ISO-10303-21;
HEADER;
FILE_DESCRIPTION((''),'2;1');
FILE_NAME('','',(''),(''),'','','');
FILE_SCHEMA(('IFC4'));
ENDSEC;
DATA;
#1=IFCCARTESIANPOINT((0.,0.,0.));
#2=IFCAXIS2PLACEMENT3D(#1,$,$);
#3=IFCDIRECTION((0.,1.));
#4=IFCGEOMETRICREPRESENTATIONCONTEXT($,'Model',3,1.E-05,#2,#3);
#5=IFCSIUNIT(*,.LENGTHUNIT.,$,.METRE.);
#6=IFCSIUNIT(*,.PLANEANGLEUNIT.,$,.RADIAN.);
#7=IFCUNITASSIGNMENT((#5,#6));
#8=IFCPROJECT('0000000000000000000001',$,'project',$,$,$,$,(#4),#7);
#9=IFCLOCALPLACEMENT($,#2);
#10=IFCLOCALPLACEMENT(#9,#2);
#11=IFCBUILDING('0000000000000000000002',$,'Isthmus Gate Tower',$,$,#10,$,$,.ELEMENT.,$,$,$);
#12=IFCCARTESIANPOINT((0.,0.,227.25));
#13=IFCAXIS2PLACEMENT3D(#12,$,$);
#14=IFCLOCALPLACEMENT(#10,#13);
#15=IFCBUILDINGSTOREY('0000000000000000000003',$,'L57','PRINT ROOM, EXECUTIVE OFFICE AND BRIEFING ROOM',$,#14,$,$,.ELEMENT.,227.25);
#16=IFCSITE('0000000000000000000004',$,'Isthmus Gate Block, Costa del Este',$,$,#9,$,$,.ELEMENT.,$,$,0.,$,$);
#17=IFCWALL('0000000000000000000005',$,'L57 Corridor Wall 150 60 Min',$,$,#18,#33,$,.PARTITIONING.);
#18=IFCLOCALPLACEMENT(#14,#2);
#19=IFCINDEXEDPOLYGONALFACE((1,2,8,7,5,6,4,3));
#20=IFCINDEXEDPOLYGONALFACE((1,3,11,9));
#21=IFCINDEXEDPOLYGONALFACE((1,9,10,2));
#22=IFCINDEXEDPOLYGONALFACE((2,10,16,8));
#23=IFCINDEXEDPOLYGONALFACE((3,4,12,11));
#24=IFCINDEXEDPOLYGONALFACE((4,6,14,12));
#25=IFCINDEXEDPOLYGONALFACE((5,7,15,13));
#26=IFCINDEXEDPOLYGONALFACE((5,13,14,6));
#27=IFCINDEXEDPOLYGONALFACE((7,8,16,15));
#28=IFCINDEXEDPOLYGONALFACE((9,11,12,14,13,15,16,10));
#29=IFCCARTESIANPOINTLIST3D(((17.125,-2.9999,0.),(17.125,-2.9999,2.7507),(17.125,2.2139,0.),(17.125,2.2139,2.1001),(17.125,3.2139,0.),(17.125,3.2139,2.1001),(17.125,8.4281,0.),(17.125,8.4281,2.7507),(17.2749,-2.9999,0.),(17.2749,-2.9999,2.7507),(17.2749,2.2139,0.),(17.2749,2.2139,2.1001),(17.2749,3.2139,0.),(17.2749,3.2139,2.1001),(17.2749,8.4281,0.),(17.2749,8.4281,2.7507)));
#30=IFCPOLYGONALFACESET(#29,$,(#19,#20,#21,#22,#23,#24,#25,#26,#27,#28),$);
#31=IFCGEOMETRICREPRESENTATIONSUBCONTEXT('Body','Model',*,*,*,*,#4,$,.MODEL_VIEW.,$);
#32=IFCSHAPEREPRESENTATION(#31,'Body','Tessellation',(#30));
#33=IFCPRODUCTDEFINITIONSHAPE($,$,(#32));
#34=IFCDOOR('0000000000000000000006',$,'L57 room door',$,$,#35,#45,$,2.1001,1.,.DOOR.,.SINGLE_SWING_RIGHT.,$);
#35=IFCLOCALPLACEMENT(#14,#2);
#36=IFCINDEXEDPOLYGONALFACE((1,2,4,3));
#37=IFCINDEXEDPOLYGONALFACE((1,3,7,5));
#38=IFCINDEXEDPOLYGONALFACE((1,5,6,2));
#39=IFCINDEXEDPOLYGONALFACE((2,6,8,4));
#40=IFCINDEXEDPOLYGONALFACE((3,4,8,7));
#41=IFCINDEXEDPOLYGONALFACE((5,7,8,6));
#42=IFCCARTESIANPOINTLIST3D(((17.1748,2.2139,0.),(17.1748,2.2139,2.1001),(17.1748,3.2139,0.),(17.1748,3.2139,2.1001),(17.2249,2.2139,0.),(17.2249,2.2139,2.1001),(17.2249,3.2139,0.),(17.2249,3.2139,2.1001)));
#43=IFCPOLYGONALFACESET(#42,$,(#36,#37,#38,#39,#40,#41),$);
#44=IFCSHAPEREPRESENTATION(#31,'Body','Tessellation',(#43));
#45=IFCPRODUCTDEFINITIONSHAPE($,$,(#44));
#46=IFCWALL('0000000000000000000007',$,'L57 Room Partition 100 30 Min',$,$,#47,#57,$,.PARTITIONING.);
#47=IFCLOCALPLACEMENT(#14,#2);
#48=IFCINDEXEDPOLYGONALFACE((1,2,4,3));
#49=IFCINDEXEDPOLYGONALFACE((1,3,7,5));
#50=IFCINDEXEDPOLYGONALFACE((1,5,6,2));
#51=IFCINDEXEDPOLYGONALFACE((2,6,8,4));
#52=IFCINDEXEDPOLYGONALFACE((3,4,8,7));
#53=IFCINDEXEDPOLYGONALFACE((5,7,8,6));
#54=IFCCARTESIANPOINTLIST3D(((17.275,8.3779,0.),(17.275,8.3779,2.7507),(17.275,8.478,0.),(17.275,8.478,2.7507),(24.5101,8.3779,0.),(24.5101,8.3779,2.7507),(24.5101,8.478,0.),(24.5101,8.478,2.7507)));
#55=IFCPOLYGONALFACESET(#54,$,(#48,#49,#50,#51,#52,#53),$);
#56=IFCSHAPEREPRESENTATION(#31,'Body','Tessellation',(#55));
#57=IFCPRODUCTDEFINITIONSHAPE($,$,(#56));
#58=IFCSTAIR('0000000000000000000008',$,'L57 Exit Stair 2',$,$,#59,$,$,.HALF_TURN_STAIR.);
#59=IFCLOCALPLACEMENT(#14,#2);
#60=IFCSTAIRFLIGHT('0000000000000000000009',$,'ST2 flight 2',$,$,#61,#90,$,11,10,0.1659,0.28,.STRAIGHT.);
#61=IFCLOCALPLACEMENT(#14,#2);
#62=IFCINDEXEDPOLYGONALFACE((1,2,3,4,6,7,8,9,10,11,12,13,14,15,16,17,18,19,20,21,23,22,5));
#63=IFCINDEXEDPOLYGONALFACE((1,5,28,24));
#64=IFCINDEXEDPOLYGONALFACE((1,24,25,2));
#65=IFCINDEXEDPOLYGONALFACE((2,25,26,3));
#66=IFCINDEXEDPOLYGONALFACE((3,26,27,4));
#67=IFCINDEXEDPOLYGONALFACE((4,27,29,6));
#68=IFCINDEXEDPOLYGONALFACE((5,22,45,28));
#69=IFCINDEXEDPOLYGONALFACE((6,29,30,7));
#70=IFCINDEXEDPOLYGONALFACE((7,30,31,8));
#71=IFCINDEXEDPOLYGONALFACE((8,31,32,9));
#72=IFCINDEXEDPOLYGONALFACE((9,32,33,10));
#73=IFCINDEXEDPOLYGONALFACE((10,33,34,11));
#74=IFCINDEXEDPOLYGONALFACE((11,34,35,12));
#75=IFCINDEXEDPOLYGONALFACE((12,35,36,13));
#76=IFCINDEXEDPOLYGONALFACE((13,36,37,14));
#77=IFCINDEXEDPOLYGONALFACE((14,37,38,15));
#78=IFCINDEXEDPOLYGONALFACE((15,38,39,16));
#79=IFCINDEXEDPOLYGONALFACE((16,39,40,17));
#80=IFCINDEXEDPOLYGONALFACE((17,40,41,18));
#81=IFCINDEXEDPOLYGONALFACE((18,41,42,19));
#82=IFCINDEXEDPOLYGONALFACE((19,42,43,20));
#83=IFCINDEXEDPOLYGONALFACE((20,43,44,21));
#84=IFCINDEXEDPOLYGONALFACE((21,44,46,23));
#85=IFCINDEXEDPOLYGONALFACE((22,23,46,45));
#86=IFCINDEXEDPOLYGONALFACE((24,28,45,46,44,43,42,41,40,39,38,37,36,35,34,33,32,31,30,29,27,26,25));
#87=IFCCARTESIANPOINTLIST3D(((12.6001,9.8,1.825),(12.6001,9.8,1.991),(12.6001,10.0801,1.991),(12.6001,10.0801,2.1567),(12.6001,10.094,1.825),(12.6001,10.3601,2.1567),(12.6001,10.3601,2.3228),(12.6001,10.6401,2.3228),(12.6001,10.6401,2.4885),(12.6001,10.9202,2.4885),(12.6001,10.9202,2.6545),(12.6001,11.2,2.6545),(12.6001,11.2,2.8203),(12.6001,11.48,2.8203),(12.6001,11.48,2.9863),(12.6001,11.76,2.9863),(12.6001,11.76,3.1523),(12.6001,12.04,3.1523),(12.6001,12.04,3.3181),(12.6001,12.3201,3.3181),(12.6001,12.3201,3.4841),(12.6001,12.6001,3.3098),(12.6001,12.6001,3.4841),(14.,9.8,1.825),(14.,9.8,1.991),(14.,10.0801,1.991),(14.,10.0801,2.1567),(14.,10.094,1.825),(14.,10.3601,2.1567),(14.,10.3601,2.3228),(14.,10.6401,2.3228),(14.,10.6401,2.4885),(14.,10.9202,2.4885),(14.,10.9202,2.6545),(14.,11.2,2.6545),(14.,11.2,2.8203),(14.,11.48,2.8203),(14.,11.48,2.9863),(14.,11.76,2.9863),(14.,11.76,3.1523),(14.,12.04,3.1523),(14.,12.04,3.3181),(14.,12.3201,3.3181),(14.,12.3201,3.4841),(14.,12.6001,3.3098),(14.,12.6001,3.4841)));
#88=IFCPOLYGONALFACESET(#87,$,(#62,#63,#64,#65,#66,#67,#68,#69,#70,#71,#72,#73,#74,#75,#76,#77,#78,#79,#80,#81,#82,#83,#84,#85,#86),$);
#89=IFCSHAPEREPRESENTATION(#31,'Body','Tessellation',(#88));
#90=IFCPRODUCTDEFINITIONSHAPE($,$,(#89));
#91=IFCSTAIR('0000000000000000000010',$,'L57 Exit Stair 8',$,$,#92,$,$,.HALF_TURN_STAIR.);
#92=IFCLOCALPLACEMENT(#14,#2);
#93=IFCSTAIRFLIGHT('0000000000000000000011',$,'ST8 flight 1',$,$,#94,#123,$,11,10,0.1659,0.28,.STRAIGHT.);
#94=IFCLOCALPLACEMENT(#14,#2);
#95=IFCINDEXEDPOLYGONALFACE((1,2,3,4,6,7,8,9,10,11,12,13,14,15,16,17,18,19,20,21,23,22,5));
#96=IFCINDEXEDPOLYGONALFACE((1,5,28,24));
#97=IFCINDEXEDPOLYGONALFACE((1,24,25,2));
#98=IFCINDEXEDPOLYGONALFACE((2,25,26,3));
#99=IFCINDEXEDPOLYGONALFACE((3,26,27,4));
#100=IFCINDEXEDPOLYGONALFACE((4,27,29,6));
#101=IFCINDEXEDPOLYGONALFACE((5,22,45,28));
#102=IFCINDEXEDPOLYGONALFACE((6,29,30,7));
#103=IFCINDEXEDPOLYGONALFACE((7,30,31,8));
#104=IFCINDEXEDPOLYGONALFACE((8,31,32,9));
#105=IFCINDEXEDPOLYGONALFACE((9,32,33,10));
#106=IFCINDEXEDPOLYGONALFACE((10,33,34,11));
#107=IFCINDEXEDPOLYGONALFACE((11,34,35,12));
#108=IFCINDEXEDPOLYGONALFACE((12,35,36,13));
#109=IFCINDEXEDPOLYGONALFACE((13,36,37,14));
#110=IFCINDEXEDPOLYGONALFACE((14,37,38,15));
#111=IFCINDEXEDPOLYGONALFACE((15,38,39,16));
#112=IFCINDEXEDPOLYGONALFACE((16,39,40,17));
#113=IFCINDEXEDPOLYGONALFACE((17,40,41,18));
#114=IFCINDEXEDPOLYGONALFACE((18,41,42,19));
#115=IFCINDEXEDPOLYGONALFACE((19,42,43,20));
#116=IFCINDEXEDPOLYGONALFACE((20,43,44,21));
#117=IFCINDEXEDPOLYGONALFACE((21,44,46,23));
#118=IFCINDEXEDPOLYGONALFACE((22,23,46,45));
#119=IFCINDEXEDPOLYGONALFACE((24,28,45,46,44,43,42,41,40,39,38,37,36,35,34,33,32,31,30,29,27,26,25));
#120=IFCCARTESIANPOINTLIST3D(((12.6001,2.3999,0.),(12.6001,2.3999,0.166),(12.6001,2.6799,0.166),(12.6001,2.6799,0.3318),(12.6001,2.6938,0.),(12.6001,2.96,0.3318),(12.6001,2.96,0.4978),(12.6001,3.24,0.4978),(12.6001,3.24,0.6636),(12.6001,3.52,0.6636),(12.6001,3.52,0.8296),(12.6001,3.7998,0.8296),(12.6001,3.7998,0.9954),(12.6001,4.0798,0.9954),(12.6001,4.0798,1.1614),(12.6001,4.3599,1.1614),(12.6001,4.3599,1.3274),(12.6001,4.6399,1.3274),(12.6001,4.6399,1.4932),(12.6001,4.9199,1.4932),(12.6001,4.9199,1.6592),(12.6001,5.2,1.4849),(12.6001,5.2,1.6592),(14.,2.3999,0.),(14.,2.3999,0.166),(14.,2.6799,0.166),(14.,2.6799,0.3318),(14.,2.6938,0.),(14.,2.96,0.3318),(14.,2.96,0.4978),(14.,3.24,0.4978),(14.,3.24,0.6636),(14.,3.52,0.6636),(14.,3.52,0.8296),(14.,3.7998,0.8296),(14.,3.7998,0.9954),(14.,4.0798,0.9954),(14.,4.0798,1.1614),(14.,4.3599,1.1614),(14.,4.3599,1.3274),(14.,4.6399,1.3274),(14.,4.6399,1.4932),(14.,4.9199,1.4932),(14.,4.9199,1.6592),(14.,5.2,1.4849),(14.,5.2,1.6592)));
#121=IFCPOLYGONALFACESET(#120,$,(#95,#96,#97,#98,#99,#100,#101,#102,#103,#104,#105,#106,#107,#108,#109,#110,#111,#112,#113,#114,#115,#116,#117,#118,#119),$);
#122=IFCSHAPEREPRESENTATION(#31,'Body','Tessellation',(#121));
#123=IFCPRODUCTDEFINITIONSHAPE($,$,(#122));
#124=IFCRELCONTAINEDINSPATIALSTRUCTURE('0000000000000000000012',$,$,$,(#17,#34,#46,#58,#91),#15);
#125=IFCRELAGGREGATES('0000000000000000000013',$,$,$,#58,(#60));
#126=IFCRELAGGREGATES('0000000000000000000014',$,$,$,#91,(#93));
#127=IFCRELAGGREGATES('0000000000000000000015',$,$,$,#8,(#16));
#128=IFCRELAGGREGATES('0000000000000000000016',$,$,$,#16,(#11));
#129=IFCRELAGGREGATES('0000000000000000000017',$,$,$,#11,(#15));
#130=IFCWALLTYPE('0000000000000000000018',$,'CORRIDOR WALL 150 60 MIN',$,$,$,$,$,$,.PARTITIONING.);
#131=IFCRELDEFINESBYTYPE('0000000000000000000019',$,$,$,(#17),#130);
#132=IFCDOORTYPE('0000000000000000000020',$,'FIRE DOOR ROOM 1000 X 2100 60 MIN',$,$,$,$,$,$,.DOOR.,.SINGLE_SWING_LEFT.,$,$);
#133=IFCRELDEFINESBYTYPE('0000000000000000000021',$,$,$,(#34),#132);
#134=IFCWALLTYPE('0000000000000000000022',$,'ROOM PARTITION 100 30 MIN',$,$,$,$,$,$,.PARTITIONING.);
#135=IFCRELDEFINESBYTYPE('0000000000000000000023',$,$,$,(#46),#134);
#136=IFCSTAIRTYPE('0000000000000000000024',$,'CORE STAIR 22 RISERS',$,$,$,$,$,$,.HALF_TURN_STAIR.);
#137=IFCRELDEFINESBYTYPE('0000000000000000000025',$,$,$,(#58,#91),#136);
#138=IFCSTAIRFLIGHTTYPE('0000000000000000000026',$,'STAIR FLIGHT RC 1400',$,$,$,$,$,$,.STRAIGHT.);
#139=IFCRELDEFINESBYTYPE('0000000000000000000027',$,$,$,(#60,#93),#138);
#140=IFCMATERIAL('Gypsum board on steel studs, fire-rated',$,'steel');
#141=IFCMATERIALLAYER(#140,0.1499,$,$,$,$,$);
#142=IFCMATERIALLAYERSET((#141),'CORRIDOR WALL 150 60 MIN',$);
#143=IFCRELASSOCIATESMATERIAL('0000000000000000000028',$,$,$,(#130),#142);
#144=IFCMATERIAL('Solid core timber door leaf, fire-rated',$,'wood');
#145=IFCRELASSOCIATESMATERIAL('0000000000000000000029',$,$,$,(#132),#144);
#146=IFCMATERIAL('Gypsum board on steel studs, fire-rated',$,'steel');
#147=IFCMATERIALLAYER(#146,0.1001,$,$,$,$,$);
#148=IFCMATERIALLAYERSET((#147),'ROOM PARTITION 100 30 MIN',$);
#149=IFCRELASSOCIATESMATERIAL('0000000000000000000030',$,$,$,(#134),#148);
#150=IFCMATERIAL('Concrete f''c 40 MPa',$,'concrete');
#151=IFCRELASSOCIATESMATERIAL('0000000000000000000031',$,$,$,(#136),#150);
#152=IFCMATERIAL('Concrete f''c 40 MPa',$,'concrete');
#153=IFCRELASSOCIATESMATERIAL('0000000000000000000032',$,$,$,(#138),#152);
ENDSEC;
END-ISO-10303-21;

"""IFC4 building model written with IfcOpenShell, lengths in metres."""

from ifc_helpers import new_model, si_unit, direction, frame, frame_2d, origin, place, context, subcontext, project, spatial, polyline, rectangle, outline, extrude, material, layer, layer_set, type_object, element, fill, aggregate, save


model = new_model("IFC4")

# Units and contexts
model_context = context("Model", 3, precision=1e-05, world=origin(), true_north=direction((0.0, 1.0)))
body_context = subcontext(model_context, "Body", "Model", "MODEL_VIEW")
ifc_project = project(units=[si_unit("LENGTHUNIT", "METRE"), si_unit("PLANEANGLEUNIT", "RADIAN")], contexts=[model_context])

# Site, building, storey
site_placement = place(None, origin())
site = spatial("IfcSite", under=ifc_project, at=site_placement, Name="Isthmus Gate Block, Costa del Este", CompositionType="ELEMENT", RefElevation=0.0)
building_placement = place(site_placement, origin())
building = spatial("IfcBuilding", under=site, at=building_placement, Name="Isthmus Gate Tower", CompositionType="ELEMENT")
storey_placement = place(building_placement, frame((0.0, 0.0, 227.25)))
storey = spatial("IfcBuildingStorey", under=building, at=storey_placement, Name="L57", Description="PRINT ROOM, EXECUTIVE OFFICE AND BRIEFING ROOM", CompositionType="ELEMENT", Elevation=227.25)

# Wall, opening, door
ifc_material_1 = material(Name="Gypsum board on steel studs, fire-rated", Category="steel")
ifc_layer_1 = layer(ifc_material_1, 0.1499)
ifc_layer_set_1 = layer_set([ifc_layer_1], Name="CORRIDOR WALL 150 60 MIN")
wall_type_1 = type_object("IfcWallType", Name="CORRIDOR WALL 150 60 MIN", PredefinedType="PARTITIONING", material=ifc_layer_set_1)
wall_1_placement = place(storey_placement, frame((17.2, 8.428, 0.0), z_axis=(0.0, 0.0, 1.0), x_axis=(0.0, -1.0, 0.0)))
wall_1 = element("IfcWall", 1, at=wall_1_placement, inside=storey, type_object=wall_type_1, Name="L57 Corridor Wall 150 60 Min", PredefinedType="PARTITIONING", context=body_context, shape_type="SweptSolid", body=[
    extrude(rectangle(XDim=11.428, YDim=0.1499, at=frame_2d((5.7139, 0.0))), origin(), (0.0, 0.0, 1.0), 2.7507),
])
opening_placement = place(wall_1_placement, frame((5.2141, 0.0, 0.0)))
opening = element("IfcOpeningElement", 2, at=opening_placement, cuts=wall_1, PredefinedType="OPENING", context=body_context, shape_type="SweptSolid", body=[
    extrude(rectangle(XDim=1.0, YDim=2.1001, at=frame_2d((0.5, 1.05))), frame((0.0, 0.085, 0.0), z_axis=(0.0, -1.0, 0.0), x_axis=(1.0, 0.0, 0.0)), (0.0, 0.0, 1.0), 0.1699),
])
ifc_material_2 = material(Name="Solid core timber door leaf, fire-rated", Category="wood")
door_type = type_object("IfcDoorType", Name="FIRE DOOR ROOM 1000 X 2100 60 MIN", OperationType="SINGLE_SWING_LEFT", PredefinedType="DOOR", material=ifc_material_2)
door_placement = place(opening_placement, origin())
door = element("IfcDoor", 3, at=door_placement, inside=storey, type_object=door_type, Name="L57 room door", OperationType="SINGLE_SWING_RIGHT", OverallHeight=2.1001, OverallWidth=1.0, PredefinedType="DOOR", context=body_context, shape_type="SweptSolid", body=[
    extrude(rectangle(XDim=1.0, YDim=2.1001, at=frame_2d((0.5, 1.05))), frame((0.0, 0.0249, 0.0), z_axis=(0.0, -1.0, 0.0), x_axis=(1.0, 0.0, 0.0)), (0.0, 0.0, 1.0), 0.05),
])
fill(opening, door)

# Wall
ifc_material_3 = material(Name="Gypsum board on steel studs, fire-rated", Category="steel")
ifc_layer_2 = layer(ifc_material_3, 0.1001)
ifc_layer_set_2 = layer_set([ifc_layer_2], Name="ROOM PARTITION 100 30 MIN")
wall_type_2 = type_object("IfcWallType", Name="ROOM PARTITION 100 30 MIN", PredefinedType="PARTITIONING", material=ifc_layer_set_2)
wall_2_placement = place(storey_placement, frame((17.2749, 8.428, 0.0), z_axis=(0.0, 0.0, 1.0), x_axis=(1.0, 0.0, 0.0)))
element("IfcWall", 4, at=wall_2_placement, inside=storey, type_object=wall_type_2, Name="L57 Room Partition 100 30 Min", PredefinedType="PARTITIONING", context=body_context, shape_type="SweptSolid", body=[
    extrude(rectangle(XDim=7.2351, YDim=0.1001, at=frame_2d((3.6177, 0.0))), origin(), (0.0, 0.0, 1.0), 2.7507),
])

# Stairs, stair flights
ifc_material_4 = material(Name="Concrete f'c 40 MPa", Category="concrete")
stair_type = type_object("IfcStairType", Name="CORE STAIR 22 RISERS", PredefinedType="HALF_TURN_STAIR", material=ifc_material_4)
stair_1_placement = place(storey_placement, origin())
stair_1 = element("IfcStair", 5, at=stair_1_placement, inside=storey, type_object=stair_type, Name="L57 Exit Stair 2", PredefinedType="HALF_TURN_STAIR")
ifc_material_5 = material(Name="Concrete f'c 40 MPa", Category="concrete")
stair_flight_type = type_object("IfcStairFlightType", Name="STAIR FLIGHT RC 1400", PredefinedType="STRAIGHT", material=ifc_material_5)
stair_flight_1_placement = place(storey_placement, frame((13.3, 9.8, 1.825), z_axis=(0.0, 0.0, 1.0), x_axis=(0.0, 1.0, 0.0)))
stair_flight_1 = element("IfcStairFlight", 6, at=stair_flight_1_placement, type_object=stair_flight_type, Name="ST2 flight 2", NumberOfRisers=11, NumberOfTreads=10, PredefinedType="STRAIGHT", RiserHeight=0.1659, TreadLength=0.28, context=body_context, shape_type="SweptSolid", body=[
    extrude(outline(polyline([(0.0, 0.0), (0.0, 0.166), (0.28, 0.166), (0.28, 0.3318), (0.5601, 0.3318), (0.5601, 0.4978), (0.8401, 0.4978), (0.8401, 0.6636), (1.1201, 0.6636), (1.1201, 0.8296), (1.3999, 0.8296), (1.3999, 0.9954), (1.6799, 0.9954), (1.6799, 1.1614), (1.96, 1.1614), (1.96, 1.3274), (2.24, 1.3274), (2.24, 1.4932), (2.52, 1.4932), (2.52, 1.6592), (2.8, 1.6592), (2.8, 1.825), (2.8, 1.4849), (0.2939, 0.0), (0.0, 0.0)])), frame((0.0, 0.7, 0.0), z_axis=(0.0, -1.0, 0.0), x_axis=(1.0, 0.0, 0.0)), (0.0, 0.0, 1.0), 1.3999),
])
aggregate(stair_1, [stair_flight_1])
stair_2_placement = place(storey_placement, origin())
stair_2 = element("IfcStair", 7, at=stair_2_placement, inside=storey, type_object=stair_type, Name="L57 Exit Stair 8", PredefinedType="HALF_TURN_STAIR")
stair_flight_2_placement = place(storey_placement, frame((13.3, 2.3999, 0.0), z_axis=(0.0, 0.0, 1.0), x_axis=(0.0, 1.0, 0.0)))
stair_flight_2 = element("IfcStairFlight", 8, at=stair_flight_2_placement, type_object=stair_flight_type, Name="ST8 flight 1", NumberOfRisers=11, NumberOfTreads=10, PredefinedType="STRAIGHT", RiserHeight=0.1659, TreadLength=0.28, context=body_context, shape_type="SweptSolid", body=[
    extrude(outline(polyline([(0.0, 0.0), (0.0, 0.166), (0.28, 0.166), (0.28, 0.3318), (0.5601, 0.3318), (0.5601, 0.4978), (0.8401, 0.4978), (0.8401, 0.6636), (1.1201, 0.6636), (1.1201, 0.8296), (1.3999, 0.8296), (1.3999, 0.9954), (1.6799, 0.9954), (1.6799, 1.1614), (1.96, 1.1614), (1.96, 1.3274), (2.24, 1.3274), (2.24, 1.4932), (2.52, 1.4932), (2.52, 1.6592), (2.8, 1.6592), (2.8, 1.825), (2.8, 1.4849), (0.2939, 0.0), (0.0, 0.0)])), frame((0.0, 0.7, 0.0), z_axis=(0.0, -1.0, 0.0), x_axis=(1.0, 0.0, 0.0)), (0.0, 0.0, 1.0), 1.3999),
])
aggregate(stair_2, [stair_flight_2])

save(model, "model.ifc")
